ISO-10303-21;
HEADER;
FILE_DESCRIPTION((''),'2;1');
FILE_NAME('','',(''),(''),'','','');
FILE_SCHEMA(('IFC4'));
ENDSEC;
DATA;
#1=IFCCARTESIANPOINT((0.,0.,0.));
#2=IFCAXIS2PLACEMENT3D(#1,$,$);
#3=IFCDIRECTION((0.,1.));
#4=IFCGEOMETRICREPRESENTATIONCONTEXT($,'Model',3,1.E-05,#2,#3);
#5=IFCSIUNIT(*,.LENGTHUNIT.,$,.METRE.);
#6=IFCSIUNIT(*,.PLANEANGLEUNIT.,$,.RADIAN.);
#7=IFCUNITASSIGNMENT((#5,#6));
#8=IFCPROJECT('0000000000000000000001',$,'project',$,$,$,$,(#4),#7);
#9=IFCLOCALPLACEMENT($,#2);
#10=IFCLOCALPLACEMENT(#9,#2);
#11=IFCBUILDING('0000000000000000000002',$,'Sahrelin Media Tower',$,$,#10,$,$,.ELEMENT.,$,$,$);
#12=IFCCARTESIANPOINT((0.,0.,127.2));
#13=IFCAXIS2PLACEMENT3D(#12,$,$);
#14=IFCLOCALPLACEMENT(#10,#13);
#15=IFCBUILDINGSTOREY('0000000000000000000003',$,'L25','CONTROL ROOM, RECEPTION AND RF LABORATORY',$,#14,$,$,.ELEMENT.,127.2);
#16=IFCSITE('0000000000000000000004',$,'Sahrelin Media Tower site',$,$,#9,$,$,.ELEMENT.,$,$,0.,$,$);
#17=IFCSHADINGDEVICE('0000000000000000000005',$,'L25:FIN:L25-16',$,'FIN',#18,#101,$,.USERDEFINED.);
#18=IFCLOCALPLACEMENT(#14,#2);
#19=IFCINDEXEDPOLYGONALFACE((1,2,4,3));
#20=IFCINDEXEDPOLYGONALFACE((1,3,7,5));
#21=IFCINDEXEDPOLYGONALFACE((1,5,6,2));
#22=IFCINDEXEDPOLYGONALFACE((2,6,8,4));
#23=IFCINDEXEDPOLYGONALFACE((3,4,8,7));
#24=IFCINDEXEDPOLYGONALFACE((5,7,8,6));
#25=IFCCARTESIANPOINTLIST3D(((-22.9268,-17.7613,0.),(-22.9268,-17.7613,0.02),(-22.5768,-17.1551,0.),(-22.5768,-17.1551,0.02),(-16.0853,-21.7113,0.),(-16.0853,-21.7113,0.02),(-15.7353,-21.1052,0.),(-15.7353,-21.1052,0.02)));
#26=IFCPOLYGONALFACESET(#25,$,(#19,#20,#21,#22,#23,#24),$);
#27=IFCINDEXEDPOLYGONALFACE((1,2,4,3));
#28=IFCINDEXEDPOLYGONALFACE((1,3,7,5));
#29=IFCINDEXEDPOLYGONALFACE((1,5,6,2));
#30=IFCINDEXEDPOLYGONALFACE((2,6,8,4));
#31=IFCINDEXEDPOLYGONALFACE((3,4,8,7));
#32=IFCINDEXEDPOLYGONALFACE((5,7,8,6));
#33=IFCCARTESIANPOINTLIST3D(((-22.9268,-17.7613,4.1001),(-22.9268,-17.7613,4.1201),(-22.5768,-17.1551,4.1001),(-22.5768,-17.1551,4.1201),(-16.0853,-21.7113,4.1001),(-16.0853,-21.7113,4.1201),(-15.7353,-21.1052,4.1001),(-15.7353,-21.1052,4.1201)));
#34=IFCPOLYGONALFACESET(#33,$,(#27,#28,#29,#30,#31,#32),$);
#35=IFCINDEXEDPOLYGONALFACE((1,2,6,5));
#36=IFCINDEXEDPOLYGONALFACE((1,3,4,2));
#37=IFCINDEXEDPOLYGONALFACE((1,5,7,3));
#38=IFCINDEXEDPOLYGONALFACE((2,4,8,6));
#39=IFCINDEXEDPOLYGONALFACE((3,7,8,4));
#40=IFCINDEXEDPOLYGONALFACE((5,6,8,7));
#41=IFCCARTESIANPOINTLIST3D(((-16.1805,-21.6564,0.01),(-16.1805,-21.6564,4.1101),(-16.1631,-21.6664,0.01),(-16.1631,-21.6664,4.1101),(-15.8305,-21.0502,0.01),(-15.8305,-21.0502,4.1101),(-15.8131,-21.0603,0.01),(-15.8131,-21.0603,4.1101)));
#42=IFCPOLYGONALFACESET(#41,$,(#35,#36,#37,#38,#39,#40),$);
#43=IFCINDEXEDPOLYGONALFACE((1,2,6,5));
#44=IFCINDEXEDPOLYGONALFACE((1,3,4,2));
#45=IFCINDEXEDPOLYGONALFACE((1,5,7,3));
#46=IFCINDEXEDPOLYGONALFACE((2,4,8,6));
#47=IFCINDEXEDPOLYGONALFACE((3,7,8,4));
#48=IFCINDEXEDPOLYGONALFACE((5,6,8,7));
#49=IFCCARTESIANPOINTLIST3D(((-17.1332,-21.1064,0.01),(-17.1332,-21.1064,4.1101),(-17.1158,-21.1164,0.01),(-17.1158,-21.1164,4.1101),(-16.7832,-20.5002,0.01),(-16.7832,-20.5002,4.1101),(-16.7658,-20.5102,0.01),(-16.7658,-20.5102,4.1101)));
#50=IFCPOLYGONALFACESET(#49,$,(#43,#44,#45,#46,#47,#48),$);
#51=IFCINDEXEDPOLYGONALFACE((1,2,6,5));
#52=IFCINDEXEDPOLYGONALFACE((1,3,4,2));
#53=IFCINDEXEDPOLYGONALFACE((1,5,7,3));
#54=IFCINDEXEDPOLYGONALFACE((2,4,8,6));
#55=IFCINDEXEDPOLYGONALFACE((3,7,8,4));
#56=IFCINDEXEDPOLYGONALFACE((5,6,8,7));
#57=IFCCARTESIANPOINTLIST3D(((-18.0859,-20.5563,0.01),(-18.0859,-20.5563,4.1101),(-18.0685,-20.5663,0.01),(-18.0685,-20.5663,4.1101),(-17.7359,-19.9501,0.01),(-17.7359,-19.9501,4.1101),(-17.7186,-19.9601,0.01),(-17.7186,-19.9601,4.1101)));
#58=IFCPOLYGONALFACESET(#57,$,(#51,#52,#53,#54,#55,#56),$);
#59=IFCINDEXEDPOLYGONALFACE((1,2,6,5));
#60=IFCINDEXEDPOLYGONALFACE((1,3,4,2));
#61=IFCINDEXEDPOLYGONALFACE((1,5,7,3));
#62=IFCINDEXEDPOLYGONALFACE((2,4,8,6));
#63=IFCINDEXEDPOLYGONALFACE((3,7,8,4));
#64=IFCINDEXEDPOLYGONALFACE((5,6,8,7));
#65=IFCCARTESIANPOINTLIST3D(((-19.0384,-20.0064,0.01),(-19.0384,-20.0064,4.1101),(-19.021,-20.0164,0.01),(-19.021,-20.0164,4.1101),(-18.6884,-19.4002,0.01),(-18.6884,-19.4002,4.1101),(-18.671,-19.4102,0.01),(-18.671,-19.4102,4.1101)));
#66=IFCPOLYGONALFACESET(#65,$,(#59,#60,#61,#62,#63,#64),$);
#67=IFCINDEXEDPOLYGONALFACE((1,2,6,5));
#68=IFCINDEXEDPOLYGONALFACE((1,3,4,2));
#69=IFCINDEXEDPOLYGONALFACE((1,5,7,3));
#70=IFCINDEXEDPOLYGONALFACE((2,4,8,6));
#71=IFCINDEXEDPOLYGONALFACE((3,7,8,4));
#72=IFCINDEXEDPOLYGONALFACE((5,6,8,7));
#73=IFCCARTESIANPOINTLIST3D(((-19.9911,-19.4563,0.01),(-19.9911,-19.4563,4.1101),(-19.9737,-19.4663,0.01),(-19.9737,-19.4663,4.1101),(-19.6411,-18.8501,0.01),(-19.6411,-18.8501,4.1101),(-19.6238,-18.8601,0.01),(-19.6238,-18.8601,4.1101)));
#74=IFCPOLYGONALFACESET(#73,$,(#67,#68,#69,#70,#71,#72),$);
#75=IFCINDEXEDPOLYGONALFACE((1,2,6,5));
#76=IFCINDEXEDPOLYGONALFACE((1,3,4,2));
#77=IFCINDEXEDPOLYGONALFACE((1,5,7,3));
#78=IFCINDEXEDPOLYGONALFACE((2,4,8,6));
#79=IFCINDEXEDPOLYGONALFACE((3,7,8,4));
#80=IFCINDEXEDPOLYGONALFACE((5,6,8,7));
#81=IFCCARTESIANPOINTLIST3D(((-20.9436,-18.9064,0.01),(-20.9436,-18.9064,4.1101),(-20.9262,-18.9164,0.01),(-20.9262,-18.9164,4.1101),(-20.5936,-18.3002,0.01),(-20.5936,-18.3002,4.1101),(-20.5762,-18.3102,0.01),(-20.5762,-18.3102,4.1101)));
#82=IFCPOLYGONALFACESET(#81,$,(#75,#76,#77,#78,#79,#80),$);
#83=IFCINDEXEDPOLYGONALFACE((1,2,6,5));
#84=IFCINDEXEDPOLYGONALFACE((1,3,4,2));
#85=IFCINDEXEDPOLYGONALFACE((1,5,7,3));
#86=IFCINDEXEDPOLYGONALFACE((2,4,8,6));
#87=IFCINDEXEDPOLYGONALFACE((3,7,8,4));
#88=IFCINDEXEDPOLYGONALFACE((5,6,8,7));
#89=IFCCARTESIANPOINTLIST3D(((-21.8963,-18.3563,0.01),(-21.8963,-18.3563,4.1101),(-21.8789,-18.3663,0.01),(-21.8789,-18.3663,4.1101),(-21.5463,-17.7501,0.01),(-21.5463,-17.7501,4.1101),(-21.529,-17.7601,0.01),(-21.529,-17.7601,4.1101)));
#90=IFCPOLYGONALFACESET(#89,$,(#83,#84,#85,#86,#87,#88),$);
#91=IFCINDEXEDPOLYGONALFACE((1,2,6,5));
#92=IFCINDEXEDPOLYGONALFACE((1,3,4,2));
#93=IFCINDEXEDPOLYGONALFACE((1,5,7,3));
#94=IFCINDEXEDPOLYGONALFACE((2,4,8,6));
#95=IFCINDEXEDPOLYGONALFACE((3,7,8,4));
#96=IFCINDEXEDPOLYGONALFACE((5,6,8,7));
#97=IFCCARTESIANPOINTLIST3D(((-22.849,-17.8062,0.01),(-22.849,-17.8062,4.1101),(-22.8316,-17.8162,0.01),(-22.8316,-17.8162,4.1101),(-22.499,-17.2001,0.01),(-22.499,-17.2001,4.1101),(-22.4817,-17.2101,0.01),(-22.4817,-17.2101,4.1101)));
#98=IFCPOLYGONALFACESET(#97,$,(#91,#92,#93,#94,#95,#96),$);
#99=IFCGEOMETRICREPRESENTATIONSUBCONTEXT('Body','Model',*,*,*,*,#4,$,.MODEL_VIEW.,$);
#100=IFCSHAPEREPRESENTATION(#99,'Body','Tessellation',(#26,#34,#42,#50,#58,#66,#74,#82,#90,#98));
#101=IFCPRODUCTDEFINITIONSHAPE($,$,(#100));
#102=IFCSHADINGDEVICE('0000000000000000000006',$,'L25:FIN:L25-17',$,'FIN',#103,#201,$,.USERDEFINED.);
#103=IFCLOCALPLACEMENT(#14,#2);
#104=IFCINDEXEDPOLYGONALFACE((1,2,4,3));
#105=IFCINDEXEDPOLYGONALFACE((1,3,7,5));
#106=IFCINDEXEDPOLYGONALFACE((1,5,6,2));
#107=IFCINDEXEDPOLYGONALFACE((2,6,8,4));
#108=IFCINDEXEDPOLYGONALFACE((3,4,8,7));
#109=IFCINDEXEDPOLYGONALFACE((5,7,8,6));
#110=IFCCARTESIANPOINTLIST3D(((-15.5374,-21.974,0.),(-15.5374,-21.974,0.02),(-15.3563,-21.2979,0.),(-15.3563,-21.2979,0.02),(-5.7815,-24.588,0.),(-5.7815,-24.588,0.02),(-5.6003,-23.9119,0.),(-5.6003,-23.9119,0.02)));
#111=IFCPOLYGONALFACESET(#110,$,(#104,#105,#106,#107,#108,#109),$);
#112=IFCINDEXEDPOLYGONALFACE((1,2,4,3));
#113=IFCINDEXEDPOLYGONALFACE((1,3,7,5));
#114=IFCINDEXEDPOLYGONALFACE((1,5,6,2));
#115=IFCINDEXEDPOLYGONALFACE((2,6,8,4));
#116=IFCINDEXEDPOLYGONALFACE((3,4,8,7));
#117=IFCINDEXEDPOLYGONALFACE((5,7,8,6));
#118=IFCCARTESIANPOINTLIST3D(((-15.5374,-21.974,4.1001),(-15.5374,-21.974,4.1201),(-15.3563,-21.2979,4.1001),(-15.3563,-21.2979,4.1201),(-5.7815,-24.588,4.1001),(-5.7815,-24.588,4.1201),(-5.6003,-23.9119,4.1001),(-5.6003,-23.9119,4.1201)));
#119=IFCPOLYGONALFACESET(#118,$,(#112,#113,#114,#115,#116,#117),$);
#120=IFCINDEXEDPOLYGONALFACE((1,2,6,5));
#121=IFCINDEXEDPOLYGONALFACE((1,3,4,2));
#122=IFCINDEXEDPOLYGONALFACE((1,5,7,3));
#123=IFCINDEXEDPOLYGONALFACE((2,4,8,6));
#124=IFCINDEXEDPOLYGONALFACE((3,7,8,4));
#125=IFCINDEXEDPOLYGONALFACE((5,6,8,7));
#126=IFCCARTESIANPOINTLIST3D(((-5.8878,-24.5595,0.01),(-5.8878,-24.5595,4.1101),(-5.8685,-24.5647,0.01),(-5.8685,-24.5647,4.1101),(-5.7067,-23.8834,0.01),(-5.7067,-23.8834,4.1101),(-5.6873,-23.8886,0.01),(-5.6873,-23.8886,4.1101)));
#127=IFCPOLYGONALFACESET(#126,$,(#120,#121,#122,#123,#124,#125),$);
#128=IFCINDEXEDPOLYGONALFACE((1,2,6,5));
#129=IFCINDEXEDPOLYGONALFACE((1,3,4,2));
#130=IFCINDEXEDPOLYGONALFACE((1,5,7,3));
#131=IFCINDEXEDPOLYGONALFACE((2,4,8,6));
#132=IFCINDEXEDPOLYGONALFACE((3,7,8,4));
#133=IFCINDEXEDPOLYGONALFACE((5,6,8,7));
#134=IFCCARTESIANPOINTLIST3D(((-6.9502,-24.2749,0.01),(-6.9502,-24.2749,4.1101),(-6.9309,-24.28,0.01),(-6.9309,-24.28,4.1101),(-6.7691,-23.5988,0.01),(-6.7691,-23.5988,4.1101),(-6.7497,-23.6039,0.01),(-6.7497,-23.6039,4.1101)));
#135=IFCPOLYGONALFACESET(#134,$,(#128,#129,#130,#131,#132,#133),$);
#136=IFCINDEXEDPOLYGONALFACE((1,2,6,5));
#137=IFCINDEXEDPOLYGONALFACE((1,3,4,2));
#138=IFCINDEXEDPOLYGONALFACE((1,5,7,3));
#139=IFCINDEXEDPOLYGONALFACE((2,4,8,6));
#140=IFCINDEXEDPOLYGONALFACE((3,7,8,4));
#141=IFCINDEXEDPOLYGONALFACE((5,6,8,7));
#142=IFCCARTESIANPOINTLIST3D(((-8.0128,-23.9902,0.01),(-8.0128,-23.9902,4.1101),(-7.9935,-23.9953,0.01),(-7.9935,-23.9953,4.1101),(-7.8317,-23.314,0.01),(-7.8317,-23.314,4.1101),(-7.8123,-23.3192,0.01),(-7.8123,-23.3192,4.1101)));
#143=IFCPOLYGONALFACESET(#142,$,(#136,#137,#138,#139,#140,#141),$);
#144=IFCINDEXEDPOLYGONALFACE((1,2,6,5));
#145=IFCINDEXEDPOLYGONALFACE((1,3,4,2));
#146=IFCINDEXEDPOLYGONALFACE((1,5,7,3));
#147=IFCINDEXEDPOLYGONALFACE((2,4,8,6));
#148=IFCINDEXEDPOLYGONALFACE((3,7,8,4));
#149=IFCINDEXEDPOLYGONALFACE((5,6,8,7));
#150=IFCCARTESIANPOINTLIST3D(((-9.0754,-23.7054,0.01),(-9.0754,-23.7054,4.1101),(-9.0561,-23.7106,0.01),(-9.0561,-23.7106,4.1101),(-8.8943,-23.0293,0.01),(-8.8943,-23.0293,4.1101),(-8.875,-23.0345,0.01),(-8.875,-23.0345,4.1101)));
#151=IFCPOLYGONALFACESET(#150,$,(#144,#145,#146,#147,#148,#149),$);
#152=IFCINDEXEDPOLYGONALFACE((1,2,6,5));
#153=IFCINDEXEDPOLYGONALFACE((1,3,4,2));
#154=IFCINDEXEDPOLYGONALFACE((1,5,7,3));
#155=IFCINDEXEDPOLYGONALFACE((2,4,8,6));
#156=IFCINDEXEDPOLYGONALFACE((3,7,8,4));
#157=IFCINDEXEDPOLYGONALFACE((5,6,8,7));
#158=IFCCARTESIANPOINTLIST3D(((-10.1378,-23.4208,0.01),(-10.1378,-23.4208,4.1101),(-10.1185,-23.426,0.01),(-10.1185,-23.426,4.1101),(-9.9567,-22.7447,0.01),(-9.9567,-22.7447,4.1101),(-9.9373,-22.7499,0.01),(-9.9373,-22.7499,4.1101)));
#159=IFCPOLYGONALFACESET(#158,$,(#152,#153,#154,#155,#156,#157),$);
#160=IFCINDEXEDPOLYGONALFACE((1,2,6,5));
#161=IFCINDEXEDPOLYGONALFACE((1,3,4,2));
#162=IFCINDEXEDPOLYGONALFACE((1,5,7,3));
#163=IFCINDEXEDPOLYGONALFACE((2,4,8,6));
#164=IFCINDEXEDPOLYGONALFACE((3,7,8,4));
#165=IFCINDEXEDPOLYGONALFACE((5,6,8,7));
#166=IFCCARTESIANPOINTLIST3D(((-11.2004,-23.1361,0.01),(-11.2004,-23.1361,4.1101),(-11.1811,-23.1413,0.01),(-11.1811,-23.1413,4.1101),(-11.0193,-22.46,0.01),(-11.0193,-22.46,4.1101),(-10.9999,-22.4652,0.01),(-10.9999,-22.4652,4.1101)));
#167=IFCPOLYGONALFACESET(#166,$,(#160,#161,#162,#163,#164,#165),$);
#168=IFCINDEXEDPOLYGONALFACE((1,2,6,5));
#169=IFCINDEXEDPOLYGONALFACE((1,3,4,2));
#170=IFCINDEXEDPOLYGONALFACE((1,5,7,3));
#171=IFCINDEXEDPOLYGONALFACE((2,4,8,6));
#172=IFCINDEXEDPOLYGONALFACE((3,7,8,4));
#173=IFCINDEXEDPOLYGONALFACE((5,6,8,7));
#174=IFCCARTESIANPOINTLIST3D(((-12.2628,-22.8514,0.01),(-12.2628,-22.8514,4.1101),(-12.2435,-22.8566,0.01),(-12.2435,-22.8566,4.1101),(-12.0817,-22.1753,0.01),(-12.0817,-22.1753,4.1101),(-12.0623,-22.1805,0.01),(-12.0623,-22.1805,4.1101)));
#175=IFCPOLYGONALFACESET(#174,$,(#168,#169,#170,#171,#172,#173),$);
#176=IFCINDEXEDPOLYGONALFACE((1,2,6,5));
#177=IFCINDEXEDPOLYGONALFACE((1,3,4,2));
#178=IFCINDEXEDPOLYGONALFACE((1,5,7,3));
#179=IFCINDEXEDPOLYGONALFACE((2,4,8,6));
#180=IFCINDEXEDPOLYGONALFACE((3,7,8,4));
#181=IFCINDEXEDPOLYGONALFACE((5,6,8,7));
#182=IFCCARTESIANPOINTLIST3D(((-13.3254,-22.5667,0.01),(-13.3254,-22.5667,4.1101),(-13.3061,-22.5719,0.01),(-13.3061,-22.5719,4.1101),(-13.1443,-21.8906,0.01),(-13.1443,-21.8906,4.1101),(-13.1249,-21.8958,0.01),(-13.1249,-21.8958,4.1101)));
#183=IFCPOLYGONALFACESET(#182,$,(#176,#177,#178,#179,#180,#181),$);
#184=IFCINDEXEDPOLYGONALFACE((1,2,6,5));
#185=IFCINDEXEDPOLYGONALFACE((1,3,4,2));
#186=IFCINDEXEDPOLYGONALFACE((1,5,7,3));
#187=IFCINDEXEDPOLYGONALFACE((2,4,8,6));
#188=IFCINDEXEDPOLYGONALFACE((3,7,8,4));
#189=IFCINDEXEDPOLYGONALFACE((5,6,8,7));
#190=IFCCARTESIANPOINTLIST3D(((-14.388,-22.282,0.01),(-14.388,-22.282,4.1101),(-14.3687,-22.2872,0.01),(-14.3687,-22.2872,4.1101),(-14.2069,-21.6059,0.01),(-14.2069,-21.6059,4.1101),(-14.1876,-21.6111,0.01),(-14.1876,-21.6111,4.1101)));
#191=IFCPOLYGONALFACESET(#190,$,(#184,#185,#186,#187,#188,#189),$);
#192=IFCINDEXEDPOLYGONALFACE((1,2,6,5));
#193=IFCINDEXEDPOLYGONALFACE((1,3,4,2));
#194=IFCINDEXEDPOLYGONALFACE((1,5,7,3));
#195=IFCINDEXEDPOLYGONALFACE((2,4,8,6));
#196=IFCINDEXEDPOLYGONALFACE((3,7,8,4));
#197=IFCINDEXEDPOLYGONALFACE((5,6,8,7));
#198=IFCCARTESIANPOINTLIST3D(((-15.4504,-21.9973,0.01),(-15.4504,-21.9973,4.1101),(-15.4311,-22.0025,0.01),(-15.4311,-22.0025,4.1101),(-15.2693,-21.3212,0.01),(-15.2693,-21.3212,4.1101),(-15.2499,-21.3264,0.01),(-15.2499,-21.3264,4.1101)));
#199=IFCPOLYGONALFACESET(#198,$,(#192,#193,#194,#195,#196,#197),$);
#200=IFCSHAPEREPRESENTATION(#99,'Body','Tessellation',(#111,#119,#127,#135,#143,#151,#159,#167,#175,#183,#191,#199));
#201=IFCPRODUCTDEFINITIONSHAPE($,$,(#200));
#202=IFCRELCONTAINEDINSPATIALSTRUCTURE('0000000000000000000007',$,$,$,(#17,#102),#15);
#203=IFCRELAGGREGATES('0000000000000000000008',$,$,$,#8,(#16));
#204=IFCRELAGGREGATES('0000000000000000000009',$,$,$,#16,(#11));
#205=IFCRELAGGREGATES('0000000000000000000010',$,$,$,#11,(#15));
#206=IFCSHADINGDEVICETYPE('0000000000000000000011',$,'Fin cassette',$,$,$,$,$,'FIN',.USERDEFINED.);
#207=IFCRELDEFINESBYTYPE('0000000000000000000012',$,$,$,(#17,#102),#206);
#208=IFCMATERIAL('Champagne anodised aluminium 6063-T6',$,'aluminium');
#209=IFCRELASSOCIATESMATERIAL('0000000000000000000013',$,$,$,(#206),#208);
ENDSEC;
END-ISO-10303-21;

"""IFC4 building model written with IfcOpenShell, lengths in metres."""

from ifc_helpers import new_model, si_unit, direction, frame, origin, origin_2d, place, context, subcontext, project, spatial, rectangle, extrude, material, type_object, element, save


model = new_model("IFC4")

# Units and contexts
model_context = context("Model", 3, precision=1e-05, world=origin(), true_north=direction((0.0, 1.0)))
body_context = subcontext(model_context, "Body", "Model", "MODEL_VIEW")
ifc_project = project(units=[si_unit("LENGTHUNIT", "METRE"), si_unit("PLANEANGLEUNIT", "RADIAN")], contexts=[model_context])

# Site, building, storey
site_placement = place(None, origin())
site = spatial("IfcSite", under=ifc_project, at=site_placement, Name="Sahrelin Media Tower site", CompositionType="ELEMENT", RefElevation=0.0)
building_placement = place(site_placement, origin())
building = spatial("IfcBuilding", under=site, at=building_placement, Name="Sahrelin Media Tower", CompositionType="ELEMENT")
storey_placement = place(building_placement, frame((0.0, 0.0, 127.2)))
storey = spatial("IfcBuildingStorey", under=building, at=storey_placement, Name="L25", Description="CONTROL ROOM, RECEPTION AND RF LABORATORY", CompositionType="ELEMENT", Elevation=127.2)

# Shared definitions
ifc_material_1 = material(Name="Champagne anodised aluminium 6063-T6", Category="aluminium")

# Shading devices
shading_device_type_1 = type_object("IfcShadingDeviceType", Name="Fin cassette", ElementType="FIN", PredefinedType="USERDEFINED", material=ifc_material_1)
shading_device_1_placement = place(storey_placement, frame((-19.1211, -19.0696, 0.0), z_axis=(0.0, 0.0, 1.0), x_axis=(-0.866019, 0.500011, 0.0)))
element("IfcShadingDevice", 1, at=shading_device_1_placement, inside=storey, type_object=shading_device_type_1, Name="L25:FIN:L25-16", ObjectType="FIN", PredefinedType="USERDEFINED", context=body_context, shape_type="SweptSolid", body=[
    extrude(rectangle(XDim=7.8999, YDim=0.7, at=origin_2d()), frame((0.0, 0.4199, 0.0)), (0.0, 0.0, 1.0), 0.02),
    extrude(rectangle(XDim=7.8999, YDim=0.7, at=origin_2d()), frame((0.0, 0.4199, 4.1001)), (0.0, 0.0, 1.0), 0.02),
    extrude(rectangle(XDim=0.02, YDim=0.7, at=origin_2d()), frame((-3.8501, 0.4199, 0.01), z_axis=(0.0, 0.0, 1.0), x_axis=(1.0, 0.0, 0.0)), (0.0, 0.0, 1.0), 4.1001),
    extrude(rectangle(XDim=0.02, YDim=0.7, at=origin_2d()), frame((-2.75, 0.4199, 0.01), z_axis=(0.0, 0.0, 1.0), x_axis=(1.0, 0.0, 0.0)), (0.0, 0.0, 1.0), 4.1001),
    extrude(rectangle(XDim=0.02, YDim=0.7, at=origin_2d()), frame((-1.6499, 0.4199, 0.01), z_axis=(0.0, 0.0, 1.0), x_axis=(1.0, 0.0, 0.0)), (0.0, 0.0, 1.0), 4.1001),
    extrude(rectangle(XDim=0.02, YDim=0.7, at=origin_2d()), frame((-0.55, 0.4199, 0.01), z_axis=(0.0, 0.0, 1.0), x_axis=(1.0, 0.0, 0.0)), (0.0, 0.0, 1.0), 4.1001),
    extrude(rectangle(XDim=0.02, YDim=0.7, at=origin_2d()), frame((0.55, 0.4199, 0.01), z_axis=(0.0, 0.0, 1.0), x_axis=(1.0, 0.0, 0.0)), (0.0, 0.0, 1.0), 4.1001),
    extrude(rectangle(XDim=0.02, YDim=0.7, at=origin_2d()), frame((1.6499, 0.4199, 0.01), z_axis=(0.0, 0.0, 1.0), x_axis=(1.0, 0.0, 0.0)), (0.0, 0.0, 1.0), 4.1001),
    extrude(rectangle(XDim=0.02, YDim=0.7, at=origin_2d()), frame((2.75, 0.4199, 0.01), z_axis=(0.0, 0.0, 1.0), x_axis=(1.0, 0.0, 0.0)), (0.0, 0.0, 1.0), 4.1001),
    extrude(rectangle(XDim=0.02, YDim=0.7, at=origin_2d()), frame((3.8501, 0.4199, 0.01), z_axis=(0.0, 0.0, 1.0), x_axis=(1.0, 0.0, 0.0)), (0.0, 0.0, 1.0), 4.1001),
])
placement = place(storey_placement, frame((-10.4602, -22.5374, 0.0), z_axis=(0.0, 0.0, 1.0), x_axis=(-0.965929, 0.258808, 0.0)))
element("IfcShadingDevice", 2, at=placement, inside=storey, type_object=shading_device_type_1, Name="L25:FIN:L25-17", ObjectType="FIN", PredefinedType="USERDEFINED", context=body_context, shape_type="SweptSolid", body=[
    extrude(rectangle(XDim=10.1001, YDim=0.7, at=origin_2d()), frame((0.0, 0.4199, 0.0)), (0.0, 0.0, 1.0), 0.02),
    extrude(rectangle(XDim=10.1001, YDim=0.7, at=origin_2d()), frame((0.0, 0.4199, 4.1001)), (0.0, 0.0, 1.0), 0.02),
    extrude(rectangle(XDim=0.02, YDim=0.7, at=origin_2d()), frame((-4.95, 0.4199, 0.01), z_axis=(0.0, 0.0, 1.0), x_axis=(1.0, 0.0, 0.0)), (0.0, 0.0, 1.0), 4.1001),
    extrude(rectangle(XDim=0.02, YDim=0.7, at=origin_2d()), frame((-3.8501, 0.4199, 0.01), z_axis=(0.0, 0.0, 1.0), x_axis=(1.0, 0.0, 0.0)), (0.0, 0.0, 1.0), 4.1001),
    extrude(rectangle(XDim=0.02, YDim=0.7, at=origin_2d()), frame((-2.75, 0.4199, 0.01), z_axis=(0.0, 0.0, 1.0), x_axis=(1.0, 0.0, 0.0)), (0.0, 0.0, 1.0), 4.1001),
    extrude(rectangle(XDim=0.02, YDim=0.7, at=origin_2d()), frame((-1.6499, 0.4199, 0.01), z_axis=(0.0, 0.0, 1.0), x_axis=(1.0, 0.0, 0.0)), (0.0, 0.0, 1.0), 4.1001),
    extrude(rectangle(XDim=0.02, YDim=0.7, at=origin_2d()), frame((-0.55, 0.4199, 0.01), z_axis=(0.0, 0.0, 1.0), x_axis=(1.0, 0.0, 0.0)), (0.0, 0.0, 1.0), 4.1001),
    extrude(rectangle(XDim=0.02, YDim=0.7, at=origin_2d()), frame((0.55, 0.4199, 0.01), z_axis=(0.0, 0.0, 1.0), x_axis=(1.0, 0.0, 0.0)), (0.0, 0.0, 1.0), 4.1001),
    extrude(rectangle(XDim=0.02, YDim=0.7, at=origin_2d()), frame((1.6499, 0.4199, 0.01), z_axis=(0.0, 0.0, 1.0), x_axis=(1.0, 0.0, 0.0)), (0.0, 0.0, 1.0), 4.1001),
    extrude(rectangle(XDim=0.02, YDim=0.7, at=origin_2d()), frame((2.75, 0.4199, 0.01), z_axis=(0.0, 0.0, 1.0), x_axis=(1.0, 0.0, 0.0)), (0.0, 0.0, 1.0), 4.1001),
    extrude(rectangle(XDim=0.02, YDim=0.7, at=origin_2d()), frame((3.8501, 0.4199, 0.01), z_axis=(0.0, 0.0, 1.0), x_axis=(1.0, 0.0, 0.0)), (0.0, 0.0, 1.0), 4.1001),
    extrude(rectangle(XDim=0.02, YDim=0.7, at=origin_2d()), frame((4.95, 0.4199, 0.01), z_axis=(0.0, 0.0, 1.0), x_axis=(1.0, 0.0, 0.0)), (0.0, 0.0, 1.0), 4.1001),
])

save(model, "model.ifc")
